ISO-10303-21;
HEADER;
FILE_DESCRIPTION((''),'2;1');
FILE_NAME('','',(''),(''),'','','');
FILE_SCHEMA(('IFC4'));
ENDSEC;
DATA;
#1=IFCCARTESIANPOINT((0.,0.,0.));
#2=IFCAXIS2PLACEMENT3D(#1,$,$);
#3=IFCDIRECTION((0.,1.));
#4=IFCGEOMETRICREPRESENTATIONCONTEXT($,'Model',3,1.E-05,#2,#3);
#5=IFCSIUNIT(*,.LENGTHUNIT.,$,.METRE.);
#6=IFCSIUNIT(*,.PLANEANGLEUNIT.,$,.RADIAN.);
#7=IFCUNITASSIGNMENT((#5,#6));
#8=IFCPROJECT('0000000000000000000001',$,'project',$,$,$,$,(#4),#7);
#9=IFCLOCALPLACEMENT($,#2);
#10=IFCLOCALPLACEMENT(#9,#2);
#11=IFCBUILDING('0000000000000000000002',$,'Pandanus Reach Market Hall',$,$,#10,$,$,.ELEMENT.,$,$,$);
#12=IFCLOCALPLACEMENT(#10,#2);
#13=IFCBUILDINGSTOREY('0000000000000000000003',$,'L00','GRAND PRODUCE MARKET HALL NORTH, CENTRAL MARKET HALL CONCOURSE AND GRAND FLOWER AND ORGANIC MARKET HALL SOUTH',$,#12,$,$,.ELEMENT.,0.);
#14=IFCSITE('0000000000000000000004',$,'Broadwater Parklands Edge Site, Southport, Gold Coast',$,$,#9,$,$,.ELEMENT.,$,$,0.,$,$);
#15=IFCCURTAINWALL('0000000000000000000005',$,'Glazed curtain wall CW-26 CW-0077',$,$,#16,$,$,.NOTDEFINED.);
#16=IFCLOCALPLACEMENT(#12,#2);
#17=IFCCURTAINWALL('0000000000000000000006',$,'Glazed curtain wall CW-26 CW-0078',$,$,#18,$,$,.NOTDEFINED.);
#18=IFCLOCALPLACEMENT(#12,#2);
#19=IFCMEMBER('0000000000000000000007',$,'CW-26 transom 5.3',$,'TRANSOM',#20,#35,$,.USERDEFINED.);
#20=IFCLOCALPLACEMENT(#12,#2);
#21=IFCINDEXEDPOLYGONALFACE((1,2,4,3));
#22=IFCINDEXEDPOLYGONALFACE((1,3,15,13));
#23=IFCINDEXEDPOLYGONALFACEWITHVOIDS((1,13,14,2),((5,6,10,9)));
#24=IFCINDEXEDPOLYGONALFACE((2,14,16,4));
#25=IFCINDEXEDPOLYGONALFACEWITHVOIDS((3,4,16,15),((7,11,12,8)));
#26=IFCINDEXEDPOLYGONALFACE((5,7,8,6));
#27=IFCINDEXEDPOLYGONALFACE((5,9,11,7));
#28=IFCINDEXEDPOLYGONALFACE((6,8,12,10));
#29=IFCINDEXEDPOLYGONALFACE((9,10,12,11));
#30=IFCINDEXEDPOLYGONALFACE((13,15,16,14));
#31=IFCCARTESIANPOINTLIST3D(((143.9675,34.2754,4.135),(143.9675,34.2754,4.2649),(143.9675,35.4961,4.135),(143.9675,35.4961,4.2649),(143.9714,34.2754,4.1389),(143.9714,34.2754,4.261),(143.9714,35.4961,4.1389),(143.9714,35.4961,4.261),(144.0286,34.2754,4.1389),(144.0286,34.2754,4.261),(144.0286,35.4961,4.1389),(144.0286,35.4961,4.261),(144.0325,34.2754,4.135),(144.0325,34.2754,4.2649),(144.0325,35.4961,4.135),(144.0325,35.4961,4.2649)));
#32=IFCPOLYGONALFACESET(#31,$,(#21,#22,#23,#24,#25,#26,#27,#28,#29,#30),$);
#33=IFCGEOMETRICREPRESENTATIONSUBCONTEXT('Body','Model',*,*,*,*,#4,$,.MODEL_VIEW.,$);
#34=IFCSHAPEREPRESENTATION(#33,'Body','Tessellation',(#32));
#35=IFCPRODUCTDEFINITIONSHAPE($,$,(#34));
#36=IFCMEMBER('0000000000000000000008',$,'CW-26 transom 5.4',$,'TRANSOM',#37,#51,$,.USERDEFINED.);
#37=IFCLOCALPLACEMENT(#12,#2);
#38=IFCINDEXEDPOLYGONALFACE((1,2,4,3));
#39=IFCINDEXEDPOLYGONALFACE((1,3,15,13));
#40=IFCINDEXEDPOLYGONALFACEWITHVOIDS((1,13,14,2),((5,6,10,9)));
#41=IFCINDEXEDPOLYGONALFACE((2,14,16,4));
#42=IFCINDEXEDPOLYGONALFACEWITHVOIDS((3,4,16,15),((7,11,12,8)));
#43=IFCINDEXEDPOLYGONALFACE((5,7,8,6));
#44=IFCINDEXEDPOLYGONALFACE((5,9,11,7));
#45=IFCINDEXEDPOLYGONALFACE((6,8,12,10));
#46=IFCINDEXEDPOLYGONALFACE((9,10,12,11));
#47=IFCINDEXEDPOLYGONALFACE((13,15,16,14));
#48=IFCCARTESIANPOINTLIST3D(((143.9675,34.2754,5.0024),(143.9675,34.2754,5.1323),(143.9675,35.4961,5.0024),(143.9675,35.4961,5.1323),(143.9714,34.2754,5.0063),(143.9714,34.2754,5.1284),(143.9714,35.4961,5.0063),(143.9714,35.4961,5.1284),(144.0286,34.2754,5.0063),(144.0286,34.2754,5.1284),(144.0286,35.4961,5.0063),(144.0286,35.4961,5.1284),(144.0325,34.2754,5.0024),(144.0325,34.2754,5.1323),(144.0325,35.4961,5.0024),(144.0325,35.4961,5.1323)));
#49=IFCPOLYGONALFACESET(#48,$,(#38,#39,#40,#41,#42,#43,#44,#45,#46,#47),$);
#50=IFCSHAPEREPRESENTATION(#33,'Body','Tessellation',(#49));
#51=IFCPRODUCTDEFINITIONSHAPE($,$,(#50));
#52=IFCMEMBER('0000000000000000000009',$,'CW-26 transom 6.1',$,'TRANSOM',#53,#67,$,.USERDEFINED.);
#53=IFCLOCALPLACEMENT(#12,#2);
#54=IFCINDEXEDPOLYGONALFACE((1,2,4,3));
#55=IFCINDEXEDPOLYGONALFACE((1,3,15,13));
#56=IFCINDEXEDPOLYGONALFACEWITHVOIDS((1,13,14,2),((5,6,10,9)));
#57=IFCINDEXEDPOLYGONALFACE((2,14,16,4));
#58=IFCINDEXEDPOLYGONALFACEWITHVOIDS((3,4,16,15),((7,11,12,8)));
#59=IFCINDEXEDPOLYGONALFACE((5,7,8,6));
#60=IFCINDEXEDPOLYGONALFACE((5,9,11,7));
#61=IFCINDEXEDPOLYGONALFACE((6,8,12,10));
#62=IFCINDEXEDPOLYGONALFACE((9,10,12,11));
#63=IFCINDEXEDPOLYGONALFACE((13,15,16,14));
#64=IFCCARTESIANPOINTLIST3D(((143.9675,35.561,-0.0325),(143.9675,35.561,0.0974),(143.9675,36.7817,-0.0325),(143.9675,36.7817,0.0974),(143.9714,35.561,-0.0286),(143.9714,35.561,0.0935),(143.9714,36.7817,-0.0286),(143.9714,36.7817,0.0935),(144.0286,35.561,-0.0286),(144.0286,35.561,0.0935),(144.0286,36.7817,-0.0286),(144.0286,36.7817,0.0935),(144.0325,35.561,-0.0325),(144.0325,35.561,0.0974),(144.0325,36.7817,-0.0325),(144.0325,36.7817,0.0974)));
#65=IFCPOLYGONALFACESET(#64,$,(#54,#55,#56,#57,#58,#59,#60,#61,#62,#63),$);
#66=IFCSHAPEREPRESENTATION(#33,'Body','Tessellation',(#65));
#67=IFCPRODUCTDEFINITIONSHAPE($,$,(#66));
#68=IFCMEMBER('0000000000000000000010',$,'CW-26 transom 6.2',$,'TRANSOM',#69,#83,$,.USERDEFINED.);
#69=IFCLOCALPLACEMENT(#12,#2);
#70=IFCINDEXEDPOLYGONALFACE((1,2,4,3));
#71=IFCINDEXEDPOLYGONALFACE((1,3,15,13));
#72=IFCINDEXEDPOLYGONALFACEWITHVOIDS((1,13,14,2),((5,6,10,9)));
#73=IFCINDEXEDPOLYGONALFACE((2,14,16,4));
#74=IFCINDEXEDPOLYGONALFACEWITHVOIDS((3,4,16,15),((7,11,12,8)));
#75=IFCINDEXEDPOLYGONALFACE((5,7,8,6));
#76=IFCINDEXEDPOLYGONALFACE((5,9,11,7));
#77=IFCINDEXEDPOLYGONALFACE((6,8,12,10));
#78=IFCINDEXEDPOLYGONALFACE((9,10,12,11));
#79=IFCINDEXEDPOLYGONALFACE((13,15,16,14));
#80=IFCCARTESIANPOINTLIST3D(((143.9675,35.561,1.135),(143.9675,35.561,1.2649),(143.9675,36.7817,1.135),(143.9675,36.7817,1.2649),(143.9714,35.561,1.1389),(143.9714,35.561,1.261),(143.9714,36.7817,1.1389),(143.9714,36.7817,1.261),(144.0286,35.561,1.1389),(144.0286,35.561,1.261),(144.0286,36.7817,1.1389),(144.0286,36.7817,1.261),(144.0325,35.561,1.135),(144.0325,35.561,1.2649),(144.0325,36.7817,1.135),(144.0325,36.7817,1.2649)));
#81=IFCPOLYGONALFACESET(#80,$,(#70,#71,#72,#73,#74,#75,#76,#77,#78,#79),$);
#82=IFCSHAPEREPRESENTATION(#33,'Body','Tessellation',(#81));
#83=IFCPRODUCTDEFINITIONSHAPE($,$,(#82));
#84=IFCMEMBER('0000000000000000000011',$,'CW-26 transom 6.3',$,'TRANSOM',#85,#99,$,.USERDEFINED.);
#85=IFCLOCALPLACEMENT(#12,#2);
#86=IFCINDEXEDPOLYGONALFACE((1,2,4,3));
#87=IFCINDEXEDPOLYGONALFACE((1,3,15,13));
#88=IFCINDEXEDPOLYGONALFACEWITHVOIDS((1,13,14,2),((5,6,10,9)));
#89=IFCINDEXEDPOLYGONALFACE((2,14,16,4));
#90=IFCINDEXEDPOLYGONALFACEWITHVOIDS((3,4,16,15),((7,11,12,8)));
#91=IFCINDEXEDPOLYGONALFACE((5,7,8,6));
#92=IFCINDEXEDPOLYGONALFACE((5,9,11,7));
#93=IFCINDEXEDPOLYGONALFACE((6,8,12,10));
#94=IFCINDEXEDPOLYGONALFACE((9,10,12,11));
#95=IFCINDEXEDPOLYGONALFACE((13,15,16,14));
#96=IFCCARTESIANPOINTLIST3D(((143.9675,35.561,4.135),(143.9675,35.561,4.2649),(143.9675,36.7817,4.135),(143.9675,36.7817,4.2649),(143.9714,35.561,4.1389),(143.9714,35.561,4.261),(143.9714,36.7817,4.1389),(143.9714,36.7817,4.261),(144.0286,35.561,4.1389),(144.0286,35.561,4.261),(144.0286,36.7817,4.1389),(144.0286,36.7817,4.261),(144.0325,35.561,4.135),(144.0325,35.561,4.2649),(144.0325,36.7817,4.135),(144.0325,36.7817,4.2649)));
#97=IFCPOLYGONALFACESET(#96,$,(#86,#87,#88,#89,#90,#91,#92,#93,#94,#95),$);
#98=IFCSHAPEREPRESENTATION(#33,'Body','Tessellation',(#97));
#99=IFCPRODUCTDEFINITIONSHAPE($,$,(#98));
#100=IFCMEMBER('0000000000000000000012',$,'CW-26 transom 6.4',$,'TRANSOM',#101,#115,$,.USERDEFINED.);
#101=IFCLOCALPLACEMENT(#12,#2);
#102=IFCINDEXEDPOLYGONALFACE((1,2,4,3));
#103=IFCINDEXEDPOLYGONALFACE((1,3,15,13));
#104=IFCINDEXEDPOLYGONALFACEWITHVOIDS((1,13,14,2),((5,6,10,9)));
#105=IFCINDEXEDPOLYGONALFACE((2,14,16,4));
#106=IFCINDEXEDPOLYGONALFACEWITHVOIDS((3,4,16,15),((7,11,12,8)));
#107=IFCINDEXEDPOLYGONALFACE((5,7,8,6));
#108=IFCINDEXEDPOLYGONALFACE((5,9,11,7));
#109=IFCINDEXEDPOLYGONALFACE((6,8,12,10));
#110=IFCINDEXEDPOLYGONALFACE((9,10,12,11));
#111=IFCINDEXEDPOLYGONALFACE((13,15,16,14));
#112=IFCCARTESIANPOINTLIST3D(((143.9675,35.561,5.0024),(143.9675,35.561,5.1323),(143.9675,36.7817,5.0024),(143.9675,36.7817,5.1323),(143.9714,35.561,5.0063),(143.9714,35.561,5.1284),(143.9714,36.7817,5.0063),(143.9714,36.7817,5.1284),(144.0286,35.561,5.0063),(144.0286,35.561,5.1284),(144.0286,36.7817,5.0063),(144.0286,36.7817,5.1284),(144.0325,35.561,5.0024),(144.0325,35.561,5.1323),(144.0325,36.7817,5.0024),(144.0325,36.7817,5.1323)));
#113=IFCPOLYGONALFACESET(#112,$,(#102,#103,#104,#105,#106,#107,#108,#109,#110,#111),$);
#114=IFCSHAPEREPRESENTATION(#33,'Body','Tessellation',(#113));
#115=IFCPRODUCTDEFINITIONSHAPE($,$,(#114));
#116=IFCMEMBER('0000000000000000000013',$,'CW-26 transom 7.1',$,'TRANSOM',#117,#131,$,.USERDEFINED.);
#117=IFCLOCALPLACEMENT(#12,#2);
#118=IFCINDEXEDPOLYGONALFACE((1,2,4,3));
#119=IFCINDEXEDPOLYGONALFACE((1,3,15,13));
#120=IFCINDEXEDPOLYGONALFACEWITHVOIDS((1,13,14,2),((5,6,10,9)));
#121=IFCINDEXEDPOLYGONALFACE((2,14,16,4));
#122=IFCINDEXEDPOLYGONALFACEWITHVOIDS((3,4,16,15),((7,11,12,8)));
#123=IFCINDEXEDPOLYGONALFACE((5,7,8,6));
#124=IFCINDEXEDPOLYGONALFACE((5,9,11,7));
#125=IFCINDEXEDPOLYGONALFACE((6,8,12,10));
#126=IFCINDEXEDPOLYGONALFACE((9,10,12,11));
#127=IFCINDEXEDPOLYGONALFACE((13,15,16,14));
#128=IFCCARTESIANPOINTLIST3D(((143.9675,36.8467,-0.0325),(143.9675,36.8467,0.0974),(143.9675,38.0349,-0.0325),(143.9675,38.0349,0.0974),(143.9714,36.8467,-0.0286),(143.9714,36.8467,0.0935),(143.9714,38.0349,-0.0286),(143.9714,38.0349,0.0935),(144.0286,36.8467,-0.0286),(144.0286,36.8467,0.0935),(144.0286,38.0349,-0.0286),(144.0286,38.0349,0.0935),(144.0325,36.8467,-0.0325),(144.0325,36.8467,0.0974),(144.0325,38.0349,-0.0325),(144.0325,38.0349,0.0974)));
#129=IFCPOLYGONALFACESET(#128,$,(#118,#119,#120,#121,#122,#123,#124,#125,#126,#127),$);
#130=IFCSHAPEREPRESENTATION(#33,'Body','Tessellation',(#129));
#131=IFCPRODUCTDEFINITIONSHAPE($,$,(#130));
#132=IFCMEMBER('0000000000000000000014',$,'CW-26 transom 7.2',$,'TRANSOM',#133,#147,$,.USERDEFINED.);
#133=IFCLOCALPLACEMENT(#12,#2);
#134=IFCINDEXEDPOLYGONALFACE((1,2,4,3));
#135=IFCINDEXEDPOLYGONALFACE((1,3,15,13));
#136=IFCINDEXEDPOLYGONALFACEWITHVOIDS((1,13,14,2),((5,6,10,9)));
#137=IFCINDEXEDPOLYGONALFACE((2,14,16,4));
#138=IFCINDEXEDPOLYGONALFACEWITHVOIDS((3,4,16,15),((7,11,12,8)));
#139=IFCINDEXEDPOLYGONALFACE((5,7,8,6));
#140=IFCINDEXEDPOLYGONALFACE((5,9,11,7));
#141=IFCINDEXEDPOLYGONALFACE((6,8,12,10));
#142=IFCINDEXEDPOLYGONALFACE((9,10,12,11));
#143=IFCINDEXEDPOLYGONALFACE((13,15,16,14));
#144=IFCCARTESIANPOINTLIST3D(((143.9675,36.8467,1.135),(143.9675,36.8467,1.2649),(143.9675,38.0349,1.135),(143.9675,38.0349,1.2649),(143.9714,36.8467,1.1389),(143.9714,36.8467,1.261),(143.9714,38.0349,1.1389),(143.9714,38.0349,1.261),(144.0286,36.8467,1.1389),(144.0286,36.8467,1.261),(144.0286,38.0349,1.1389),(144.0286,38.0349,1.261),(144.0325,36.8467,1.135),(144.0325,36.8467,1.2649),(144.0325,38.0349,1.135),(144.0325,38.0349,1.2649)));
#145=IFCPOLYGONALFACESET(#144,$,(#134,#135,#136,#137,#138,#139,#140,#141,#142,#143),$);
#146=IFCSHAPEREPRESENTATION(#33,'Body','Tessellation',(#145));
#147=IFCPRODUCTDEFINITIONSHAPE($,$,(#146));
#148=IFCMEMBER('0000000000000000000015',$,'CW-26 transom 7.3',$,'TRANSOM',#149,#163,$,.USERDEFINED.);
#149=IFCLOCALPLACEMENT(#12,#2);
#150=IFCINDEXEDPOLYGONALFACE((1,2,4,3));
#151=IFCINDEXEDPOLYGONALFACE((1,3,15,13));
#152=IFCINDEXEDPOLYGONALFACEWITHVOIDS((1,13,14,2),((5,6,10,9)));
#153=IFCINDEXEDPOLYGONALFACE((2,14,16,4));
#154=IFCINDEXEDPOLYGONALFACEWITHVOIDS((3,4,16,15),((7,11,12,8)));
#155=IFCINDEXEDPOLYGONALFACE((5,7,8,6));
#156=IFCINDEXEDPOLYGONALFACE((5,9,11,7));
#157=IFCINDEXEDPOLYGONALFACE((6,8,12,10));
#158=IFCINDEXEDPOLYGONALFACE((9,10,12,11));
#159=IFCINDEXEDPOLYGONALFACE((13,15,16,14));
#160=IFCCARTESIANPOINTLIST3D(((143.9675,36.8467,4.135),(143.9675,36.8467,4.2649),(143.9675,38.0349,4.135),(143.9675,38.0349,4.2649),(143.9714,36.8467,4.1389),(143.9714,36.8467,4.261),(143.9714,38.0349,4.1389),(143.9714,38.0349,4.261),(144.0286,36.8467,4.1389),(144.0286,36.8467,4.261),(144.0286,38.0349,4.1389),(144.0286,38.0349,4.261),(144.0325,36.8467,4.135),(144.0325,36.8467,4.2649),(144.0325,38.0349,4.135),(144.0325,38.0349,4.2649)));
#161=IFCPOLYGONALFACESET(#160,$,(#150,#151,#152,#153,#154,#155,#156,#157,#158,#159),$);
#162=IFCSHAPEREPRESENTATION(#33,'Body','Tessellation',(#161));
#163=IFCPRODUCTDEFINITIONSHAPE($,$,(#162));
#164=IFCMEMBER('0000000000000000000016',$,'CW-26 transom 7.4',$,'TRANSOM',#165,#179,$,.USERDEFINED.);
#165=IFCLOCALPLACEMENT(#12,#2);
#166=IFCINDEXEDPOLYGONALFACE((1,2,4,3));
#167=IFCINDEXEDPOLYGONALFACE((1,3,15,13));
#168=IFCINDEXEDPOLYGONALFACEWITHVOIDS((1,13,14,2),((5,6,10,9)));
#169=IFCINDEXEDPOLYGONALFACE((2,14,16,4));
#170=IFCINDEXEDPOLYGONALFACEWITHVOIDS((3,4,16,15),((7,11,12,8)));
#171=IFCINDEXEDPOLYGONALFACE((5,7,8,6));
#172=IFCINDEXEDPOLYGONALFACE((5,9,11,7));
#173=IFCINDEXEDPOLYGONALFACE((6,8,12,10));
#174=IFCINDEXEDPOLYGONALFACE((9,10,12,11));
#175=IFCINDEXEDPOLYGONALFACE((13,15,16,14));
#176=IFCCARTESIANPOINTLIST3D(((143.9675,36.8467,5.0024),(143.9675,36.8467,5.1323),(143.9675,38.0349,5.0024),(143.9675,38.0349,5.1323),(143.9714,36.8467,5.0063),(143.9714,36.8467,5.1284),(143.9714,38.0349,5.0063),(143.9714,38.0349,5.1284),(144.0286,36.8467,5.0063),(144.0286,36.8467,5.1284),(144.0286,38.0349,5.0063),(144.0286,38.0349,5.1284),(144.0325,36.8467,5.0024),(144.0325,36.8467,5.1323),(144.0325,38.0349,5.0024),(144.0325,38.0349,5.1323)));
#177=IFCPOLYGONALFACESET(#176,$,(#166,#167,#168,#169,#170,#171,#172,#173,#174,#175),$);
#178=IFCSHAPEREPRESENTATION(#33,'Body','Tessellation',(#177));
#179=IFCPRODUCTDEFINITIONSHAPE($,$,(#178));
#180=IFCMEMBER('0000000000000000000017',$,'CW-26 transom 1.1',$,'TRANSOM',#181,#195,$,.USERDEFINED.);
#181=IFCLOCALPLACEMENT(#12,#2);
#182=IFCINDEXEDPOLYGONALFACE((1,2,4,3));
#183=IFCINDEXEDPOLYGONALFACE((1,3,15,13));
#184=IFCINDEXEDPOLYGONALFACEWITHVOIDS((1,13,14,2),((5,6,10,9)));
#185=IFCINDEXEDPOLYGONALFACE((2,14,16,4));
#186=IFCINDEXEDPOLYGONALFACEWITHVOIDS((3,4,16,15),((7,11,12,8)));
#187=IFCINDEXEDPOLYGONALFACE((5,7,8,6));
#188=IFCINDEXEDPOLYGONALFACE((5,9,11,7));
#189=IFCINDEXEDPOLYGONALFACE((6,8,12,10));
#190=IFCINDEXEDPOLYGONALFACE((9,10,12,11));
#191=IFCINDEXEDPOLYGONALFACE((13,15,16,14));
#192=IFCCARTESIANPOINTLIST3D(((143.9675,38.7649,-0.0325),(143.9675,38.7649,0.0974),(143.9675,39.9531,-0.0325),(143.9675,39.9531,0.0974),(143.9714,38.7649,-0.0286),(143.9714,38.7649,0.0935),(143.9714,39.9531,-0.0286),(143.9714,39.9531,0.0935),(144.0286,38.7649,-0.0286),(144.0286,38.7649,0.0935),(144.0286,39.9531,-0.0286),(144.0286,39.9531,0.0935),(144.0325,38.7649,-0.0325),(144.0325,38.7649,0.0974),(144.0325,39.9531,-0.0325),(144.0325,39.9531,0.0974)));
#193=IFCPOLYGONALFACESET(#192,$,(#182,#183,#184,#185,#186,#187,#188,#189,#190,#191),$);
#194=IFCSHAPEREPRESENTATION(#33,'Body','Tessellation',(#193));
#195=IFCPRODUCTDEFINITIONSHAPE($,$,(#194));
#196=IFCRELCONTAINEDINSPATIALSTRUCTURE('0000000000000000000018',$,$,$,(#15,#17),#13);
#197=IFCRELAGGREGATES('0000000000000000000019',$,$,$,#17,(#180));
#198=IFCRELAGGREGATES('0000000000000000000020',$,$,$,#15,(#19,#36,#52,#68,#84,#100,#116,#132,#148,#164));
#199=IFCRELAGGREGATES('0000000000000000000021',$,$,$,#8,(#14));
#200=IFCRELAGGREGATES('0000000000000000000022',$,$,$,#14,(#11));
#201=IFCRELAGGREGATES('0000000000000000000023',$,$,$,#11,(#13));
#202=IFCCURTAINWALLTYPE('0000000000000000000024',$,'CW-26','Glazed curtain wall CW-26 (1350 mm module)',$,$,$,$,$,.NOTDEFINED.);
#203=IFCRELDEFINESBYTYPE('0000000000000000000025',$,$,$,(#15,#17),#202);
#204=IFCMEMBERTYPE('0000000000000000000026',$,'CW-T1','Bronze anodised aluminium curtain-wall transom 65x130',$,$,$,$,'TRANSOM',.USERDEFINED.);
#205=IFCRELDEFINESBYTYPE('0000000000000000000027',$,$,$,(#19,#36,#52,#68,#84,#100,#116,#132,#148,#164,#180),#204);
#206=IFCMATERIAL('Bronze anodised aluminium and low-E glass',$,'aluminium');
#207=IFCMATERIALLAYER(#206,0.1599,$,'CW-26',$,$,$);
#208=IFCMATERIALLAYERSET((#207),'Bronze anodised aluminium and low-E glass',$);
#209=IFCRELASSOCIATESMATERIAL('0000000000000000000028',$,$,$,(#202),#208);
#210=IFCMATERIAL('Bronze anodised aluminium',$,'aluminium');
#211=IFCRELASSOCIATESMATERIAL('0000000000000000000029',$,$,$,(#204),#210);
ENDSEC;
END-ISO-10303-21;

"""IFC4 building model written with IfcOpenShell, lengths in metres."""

from ifc_helpers import new_model, si_unit, direction, frame, origin, origin_2d, place, context, subcontext, project, spatial, hollow_rectangle, extrude, material, layer, layer_set, material_profile, profile_set, type_object, element, aggregate, save


model = new_model("IFC4")

# Units and contexts
model_context = context("Model", 3, precision=1e-05, world=origin(), true_north=direction((0.0, 1.0)))
body_context = subcontext(model_context, "Body", "Model", "MODEL_VIEW")
ifc_project = project(units=[si_unit("LENGTHUNIT", "METRE"), si_unit("PLANEANGLEUNIT", "RADIAN")], contexts=[model_context])

# Site, building, storey
site_placement = place(None, origin())
site = spatial("IfcSite", under=ifc_project, at=site_placement, Name="Broadwater Parklands Edge Site, Southport, Gold Coast", CompositionType="ELEMENT", RefElevation=0.0)
building_placement = place(site_placement, origin())
building = spatial("IfcBuilding", under=site, at=building_placement, Name="Pandanus Reach Market Hall", CompositionType="ELEMENT")
storey_placement = place(building_placement, origin())
storey = spatial("IfcBuildingStorey", under=building, at=storey_placement, Name="L00", Description="GRAND PRODUCE MARKET HALL NORTH, CENTRAL MARKET HALL CONCOURSE AND GRAND FLOWER AND ORGANIC MARKET HALL SOUTH", CompositionType="ELEMENT", Elevation=0.0)

# Curtain wall
ifc_material_1 = material(Name="Bronze anodised aluminium and low-E glass", Category="aluminium")
ifc_layer_1 = layer(ifc_material_1, 0.1599, Name="CW-26")
ifc_layer_set_1 = layer_set([ifc_layer_1], Name="Bronze anodised aluminium and low-E glass")
curtain_wall_type = type_object("IfcCurtainWallType", Name="CW-26", Description="Glazed curtain wall CW-26 (1350 mm module)", PredefinedType="NOTDEFINED", material=ifc_layer_set_1)
curtain_wall_1_placement = place(storey_placement, origin())
curtain_wall_1 = element("IfcCurtainWall", 1, at=curtain_wall_1_placement, inside=storey, type_object=curtain_wall_type, Name="Glazed curtain wall CW-26 CW-0077", PredefinedType="NOTDEFINED")
ifc_material_2 = material(Name="Bronze anodised aluminium", Category="aluminium")

# Curtain wall
curtain_wall_2_placement = place(storey_placement, origin())
curtain_wall_2 = element("IfcCurtainWall", 2, at=curtain_wall_2_placement, inside=storey, type_object=curtain_wall_type, Name="Glazed curtain wall CW-26 CW-0078", PredefinedType="NOTDEFINED")

# Members
ifc_material_profile_1 = material_profile(ifc_material_2, hollow_rectangle(XDim=0.0649, YDim=0.1299, WallThickness=0.0039, at=origin_2d()), Name="ALU65x130", Category="LoadBearing")
ifc_profile_set_1 = profile_set([ifc_material_profile_1], Name="Bronze anodised aluminium")
member_type_1 = type_object("IfcMemberType", Name="CW-T1", Description="Bronze anodised aluminium curtain-wall transom 65x130", ElementType="TRANSOM", PredefinedType="USERDEFINED", material=ifc_profile_set_1)
member_1_placement = place(storey_placement, frame((144.0, 34.2754, 4.2), z_axis=(0.0, 1.0, 0.0), x_axis=(-1.0, 0.0, 0.0)))
member_1 = element("IfcMember", 3, at=member_1_placement, type_object=member_type_1, Name="CW-26 transom 5.3", ObjectType="TRANSOM", PredefinedType="USERDEFINED", context=body_context, shape_type="SweptSolid", body=[
    extrude(hollow_rectangle(XDim=0.0649, YDim=0.1299, WallThickness=0.0039, at=origin_2d()), origin(), (0.0, 0.0, 1.0), 1.2207),
])
member_2_placement = place(storey_placement, frame((144.0, 34.2754, 5.0674), z_axis=(0.0, 1.0, 0.0), x_axis=(-1.0, 0.0, 0.0)))
member_2 = element("IfcMember", 4, at=member_2_placement, type_object=member_type_1, Name="CW-26 transom 5.4", ObjectType="TRANSOM", PredefinedType="USERDEFINED", context=body_context, shape_type="SweptSolid", body=[
    extrude(hollow_rectangle(XDim=0.0649, YDim=0.1299, WallThickness=0.0039, at=origin_2d()), origin(), (0.0, 0.0, 1.0), 1.2207),
])
member_3_placement = place(storey_placement, frame((144.0, 35.561, 0.0325), z_axis=(0.0, 1.0, 0.0), x_axis=(-1.0, 0.0, 0.0)))
member_3 = element("IfcMember", 5, at=member_3_placement, type_object=member_type_1, Name="CW-26 transom 6.1", ObjectType="TRANSOM", PredefinedType="USERDEFINED", context=body_context, shape_type="SweptSolid", body=[
    extrude(hollow_rectangle(XDim=0.0649, YDim=0.1299, WallThickness=0.0039, at=origin_2d()), origin(), (0.0, 0.0, 1.0), 1.2207),
])
member_4_placement = place(storey_placement, frame((144.0, 35.561, 1.2), z_axis=(0.0, 1.0, 0.0), x_axis=(-1.0, 0.0, 0.0)))
member_4 = element("IfcMember", 6, at=member_4_placement, type_object=member_type_1, Name="CW-26 transom 6.2", ObjectType="TRANSOM", PredefinedType="USERDEFINED", context=body_context, shape_type="SweptSolid", body=[
    extrude(hollow_rectangle(XDim=0.0649, YDim=0.1299, WallThickness=0.0039, at=origin_2d()), origin(), (0.0, 0.0, 1.0), 1.2207),
])
member_5_placement = place(storey_placement, frame((144.0, 35.561, 4.2), z_axis=(0.0, 1.0, 0.0), x_axis=(-1.0, 0.0, 0.0)))
member_5 = element("IfcMember", 7, at=member_5_placement, type_object=member_type_1, Name="CW-26 transom 6.3", ObjectType="TRANSOM", PredefinedType="USERDEFINED", context=body_context, shape_type="SweptSolid", body=[
    extrude(hollow_rectangle(XDim=0.0649, YDim=0.1299, WallThickness=0.0039, at=origin_2d()), origin(), (0.0, 0.0, 1.0), 1.2207),
])
member_6_placement = place(storey_placement, frame((144.0, 35.561, 5.0674), z_axis=(0.0, 1.0, 0.0), x_axis=(-1.0, 0.0, 0.0)))
member_6 = element("IfcMember", 8, at=member_6_placement, type_object=member_type_1, Name="CW-26 transom 6.4", ObjectType="TRANSOM", PredefinedType="USERDEFINED", context=body_context, shape_type="SweptSolid", body=[
    extrude(hollow_rectangle(XDim=0.0649, YDim=0.1299, WallThickness=0.0039, at=origin_2d()), origin(), (0.0, 0.0, 1.0), 1.2207),
])
member_7_placement = place(storey_placement, frame((144.0, 36.8467, 0.0325), z_axis=(0.0, 1.0, 0.0), x_axis=(-1.0, 0.0, 0.0)))
member_7 = element("IfcMember", 9, at=member_7_placement, type_object=member_type_1, Name="CW-26 transom 7.1", ObjectType="TRANSOM", PredefinedType="USERDEFINED", context=body_context, shape_type="SweptSolid", body=[
    extrude(hollow_rectangle(XDim=0.0649, YDim=0.1299, WallThickness=0.0039, at=origin_2d()), origin(), (0.0, 0.0, 1.0), 1.1882),
])
member_8_placement = place(storey_placement, frame((144.0, 36.8467, 1.2), z_axis=(0.0, 1.0, 0.0), x_axis=(-1.0, 0.0, 0.0)))
member_8 = element("IfcMember", 10, at=member_8_placement, type_object=member_type_1, Name="CW-26 transom 7.2", ObjectType="TRANSOM", PredefinedType="USERDEFINED", context=body_context, shape_type="SweptSolid", body=[
    extrude(hollow_rectangle(XDim=0.0649, YDim=0.1299, WallThickness=0.0039, at=origin_2d()), origin(), (0.0, 0.0, 1.0), 1.1882),
])
member_9_placement = place(storey_placement, frame((144.0, 36.8467, 4.2), z_axis=(0.0, 1.0, 0.0), x_axis=(-1.0, 0.0, 0.0)))
member_9 = element("IfcMember", 11, at=member_9_placement, type_object=member_type_1, Name="CW-26 transom 7.3", ObjectType="TRANSOM", PredefinedType="USERDEFINED", context=body_context, shape_type="SweptSolid", body=[
    extrude(hollow_rectangle(XDim=0.0649, YDim=0.1299, WallThickness=0.0039, at=origin_2d()), origin(), (0.0, 0.0, 1.0), 1.1882),
])
member_10_placement = place(storey_placement, frame((144.0, 36.8467, 5.0674), z_axis=(0.0, 1.0, 0.0), x_axis=(-1.0, 0.0, 0.0)))
member_10 = element("IfcMember", 12, at=member_10_placement, type_object=member_type_1, Name="CW-26 transom 7.4", ObjectType="TRANSOM", PredefinedType="USERDEFINED", context=body_context, shape_type="SweptSolid", body=[
    extrude(hollow_rectangle(XDim=0.0649, YDim=0.1299, WallThickness=0.0039, at=origin_2d()), origin(), (0.0, 0.0, 1.0), 1.1882),
])
member_11_placement = place(storey_placement, frame((144.0, 38.7649, 0.0325), z_axis=(0.0, 1.0, 0.0), x_axis=(-1.0, 0.0, 0.0)))
member_11 = element("IfcMember", 13, at=member_11_placement, type_object=member_type_1, Name="CW-26 transom 1.1", ObjectType="TRANSOM", PredefinedType="USERDEFINED", context=body_context, shape_type="SweptSolid", body=[
    extrude(hollow_rectangle(XDim=0.0649, YDim=0.1299, WallThickness=0.0039, at=origin_2d()), origin(), (0.0, 0.0, 1.0), 1.1882),
])
aggregate(curtain_wall_2, [member_11])

aggregate(curtain_wall_1, [member_1, member_2, member_3, member_4, member_5, member_6, member_7, member_8, member_9, member_10])

save(model, "model.ifc")
